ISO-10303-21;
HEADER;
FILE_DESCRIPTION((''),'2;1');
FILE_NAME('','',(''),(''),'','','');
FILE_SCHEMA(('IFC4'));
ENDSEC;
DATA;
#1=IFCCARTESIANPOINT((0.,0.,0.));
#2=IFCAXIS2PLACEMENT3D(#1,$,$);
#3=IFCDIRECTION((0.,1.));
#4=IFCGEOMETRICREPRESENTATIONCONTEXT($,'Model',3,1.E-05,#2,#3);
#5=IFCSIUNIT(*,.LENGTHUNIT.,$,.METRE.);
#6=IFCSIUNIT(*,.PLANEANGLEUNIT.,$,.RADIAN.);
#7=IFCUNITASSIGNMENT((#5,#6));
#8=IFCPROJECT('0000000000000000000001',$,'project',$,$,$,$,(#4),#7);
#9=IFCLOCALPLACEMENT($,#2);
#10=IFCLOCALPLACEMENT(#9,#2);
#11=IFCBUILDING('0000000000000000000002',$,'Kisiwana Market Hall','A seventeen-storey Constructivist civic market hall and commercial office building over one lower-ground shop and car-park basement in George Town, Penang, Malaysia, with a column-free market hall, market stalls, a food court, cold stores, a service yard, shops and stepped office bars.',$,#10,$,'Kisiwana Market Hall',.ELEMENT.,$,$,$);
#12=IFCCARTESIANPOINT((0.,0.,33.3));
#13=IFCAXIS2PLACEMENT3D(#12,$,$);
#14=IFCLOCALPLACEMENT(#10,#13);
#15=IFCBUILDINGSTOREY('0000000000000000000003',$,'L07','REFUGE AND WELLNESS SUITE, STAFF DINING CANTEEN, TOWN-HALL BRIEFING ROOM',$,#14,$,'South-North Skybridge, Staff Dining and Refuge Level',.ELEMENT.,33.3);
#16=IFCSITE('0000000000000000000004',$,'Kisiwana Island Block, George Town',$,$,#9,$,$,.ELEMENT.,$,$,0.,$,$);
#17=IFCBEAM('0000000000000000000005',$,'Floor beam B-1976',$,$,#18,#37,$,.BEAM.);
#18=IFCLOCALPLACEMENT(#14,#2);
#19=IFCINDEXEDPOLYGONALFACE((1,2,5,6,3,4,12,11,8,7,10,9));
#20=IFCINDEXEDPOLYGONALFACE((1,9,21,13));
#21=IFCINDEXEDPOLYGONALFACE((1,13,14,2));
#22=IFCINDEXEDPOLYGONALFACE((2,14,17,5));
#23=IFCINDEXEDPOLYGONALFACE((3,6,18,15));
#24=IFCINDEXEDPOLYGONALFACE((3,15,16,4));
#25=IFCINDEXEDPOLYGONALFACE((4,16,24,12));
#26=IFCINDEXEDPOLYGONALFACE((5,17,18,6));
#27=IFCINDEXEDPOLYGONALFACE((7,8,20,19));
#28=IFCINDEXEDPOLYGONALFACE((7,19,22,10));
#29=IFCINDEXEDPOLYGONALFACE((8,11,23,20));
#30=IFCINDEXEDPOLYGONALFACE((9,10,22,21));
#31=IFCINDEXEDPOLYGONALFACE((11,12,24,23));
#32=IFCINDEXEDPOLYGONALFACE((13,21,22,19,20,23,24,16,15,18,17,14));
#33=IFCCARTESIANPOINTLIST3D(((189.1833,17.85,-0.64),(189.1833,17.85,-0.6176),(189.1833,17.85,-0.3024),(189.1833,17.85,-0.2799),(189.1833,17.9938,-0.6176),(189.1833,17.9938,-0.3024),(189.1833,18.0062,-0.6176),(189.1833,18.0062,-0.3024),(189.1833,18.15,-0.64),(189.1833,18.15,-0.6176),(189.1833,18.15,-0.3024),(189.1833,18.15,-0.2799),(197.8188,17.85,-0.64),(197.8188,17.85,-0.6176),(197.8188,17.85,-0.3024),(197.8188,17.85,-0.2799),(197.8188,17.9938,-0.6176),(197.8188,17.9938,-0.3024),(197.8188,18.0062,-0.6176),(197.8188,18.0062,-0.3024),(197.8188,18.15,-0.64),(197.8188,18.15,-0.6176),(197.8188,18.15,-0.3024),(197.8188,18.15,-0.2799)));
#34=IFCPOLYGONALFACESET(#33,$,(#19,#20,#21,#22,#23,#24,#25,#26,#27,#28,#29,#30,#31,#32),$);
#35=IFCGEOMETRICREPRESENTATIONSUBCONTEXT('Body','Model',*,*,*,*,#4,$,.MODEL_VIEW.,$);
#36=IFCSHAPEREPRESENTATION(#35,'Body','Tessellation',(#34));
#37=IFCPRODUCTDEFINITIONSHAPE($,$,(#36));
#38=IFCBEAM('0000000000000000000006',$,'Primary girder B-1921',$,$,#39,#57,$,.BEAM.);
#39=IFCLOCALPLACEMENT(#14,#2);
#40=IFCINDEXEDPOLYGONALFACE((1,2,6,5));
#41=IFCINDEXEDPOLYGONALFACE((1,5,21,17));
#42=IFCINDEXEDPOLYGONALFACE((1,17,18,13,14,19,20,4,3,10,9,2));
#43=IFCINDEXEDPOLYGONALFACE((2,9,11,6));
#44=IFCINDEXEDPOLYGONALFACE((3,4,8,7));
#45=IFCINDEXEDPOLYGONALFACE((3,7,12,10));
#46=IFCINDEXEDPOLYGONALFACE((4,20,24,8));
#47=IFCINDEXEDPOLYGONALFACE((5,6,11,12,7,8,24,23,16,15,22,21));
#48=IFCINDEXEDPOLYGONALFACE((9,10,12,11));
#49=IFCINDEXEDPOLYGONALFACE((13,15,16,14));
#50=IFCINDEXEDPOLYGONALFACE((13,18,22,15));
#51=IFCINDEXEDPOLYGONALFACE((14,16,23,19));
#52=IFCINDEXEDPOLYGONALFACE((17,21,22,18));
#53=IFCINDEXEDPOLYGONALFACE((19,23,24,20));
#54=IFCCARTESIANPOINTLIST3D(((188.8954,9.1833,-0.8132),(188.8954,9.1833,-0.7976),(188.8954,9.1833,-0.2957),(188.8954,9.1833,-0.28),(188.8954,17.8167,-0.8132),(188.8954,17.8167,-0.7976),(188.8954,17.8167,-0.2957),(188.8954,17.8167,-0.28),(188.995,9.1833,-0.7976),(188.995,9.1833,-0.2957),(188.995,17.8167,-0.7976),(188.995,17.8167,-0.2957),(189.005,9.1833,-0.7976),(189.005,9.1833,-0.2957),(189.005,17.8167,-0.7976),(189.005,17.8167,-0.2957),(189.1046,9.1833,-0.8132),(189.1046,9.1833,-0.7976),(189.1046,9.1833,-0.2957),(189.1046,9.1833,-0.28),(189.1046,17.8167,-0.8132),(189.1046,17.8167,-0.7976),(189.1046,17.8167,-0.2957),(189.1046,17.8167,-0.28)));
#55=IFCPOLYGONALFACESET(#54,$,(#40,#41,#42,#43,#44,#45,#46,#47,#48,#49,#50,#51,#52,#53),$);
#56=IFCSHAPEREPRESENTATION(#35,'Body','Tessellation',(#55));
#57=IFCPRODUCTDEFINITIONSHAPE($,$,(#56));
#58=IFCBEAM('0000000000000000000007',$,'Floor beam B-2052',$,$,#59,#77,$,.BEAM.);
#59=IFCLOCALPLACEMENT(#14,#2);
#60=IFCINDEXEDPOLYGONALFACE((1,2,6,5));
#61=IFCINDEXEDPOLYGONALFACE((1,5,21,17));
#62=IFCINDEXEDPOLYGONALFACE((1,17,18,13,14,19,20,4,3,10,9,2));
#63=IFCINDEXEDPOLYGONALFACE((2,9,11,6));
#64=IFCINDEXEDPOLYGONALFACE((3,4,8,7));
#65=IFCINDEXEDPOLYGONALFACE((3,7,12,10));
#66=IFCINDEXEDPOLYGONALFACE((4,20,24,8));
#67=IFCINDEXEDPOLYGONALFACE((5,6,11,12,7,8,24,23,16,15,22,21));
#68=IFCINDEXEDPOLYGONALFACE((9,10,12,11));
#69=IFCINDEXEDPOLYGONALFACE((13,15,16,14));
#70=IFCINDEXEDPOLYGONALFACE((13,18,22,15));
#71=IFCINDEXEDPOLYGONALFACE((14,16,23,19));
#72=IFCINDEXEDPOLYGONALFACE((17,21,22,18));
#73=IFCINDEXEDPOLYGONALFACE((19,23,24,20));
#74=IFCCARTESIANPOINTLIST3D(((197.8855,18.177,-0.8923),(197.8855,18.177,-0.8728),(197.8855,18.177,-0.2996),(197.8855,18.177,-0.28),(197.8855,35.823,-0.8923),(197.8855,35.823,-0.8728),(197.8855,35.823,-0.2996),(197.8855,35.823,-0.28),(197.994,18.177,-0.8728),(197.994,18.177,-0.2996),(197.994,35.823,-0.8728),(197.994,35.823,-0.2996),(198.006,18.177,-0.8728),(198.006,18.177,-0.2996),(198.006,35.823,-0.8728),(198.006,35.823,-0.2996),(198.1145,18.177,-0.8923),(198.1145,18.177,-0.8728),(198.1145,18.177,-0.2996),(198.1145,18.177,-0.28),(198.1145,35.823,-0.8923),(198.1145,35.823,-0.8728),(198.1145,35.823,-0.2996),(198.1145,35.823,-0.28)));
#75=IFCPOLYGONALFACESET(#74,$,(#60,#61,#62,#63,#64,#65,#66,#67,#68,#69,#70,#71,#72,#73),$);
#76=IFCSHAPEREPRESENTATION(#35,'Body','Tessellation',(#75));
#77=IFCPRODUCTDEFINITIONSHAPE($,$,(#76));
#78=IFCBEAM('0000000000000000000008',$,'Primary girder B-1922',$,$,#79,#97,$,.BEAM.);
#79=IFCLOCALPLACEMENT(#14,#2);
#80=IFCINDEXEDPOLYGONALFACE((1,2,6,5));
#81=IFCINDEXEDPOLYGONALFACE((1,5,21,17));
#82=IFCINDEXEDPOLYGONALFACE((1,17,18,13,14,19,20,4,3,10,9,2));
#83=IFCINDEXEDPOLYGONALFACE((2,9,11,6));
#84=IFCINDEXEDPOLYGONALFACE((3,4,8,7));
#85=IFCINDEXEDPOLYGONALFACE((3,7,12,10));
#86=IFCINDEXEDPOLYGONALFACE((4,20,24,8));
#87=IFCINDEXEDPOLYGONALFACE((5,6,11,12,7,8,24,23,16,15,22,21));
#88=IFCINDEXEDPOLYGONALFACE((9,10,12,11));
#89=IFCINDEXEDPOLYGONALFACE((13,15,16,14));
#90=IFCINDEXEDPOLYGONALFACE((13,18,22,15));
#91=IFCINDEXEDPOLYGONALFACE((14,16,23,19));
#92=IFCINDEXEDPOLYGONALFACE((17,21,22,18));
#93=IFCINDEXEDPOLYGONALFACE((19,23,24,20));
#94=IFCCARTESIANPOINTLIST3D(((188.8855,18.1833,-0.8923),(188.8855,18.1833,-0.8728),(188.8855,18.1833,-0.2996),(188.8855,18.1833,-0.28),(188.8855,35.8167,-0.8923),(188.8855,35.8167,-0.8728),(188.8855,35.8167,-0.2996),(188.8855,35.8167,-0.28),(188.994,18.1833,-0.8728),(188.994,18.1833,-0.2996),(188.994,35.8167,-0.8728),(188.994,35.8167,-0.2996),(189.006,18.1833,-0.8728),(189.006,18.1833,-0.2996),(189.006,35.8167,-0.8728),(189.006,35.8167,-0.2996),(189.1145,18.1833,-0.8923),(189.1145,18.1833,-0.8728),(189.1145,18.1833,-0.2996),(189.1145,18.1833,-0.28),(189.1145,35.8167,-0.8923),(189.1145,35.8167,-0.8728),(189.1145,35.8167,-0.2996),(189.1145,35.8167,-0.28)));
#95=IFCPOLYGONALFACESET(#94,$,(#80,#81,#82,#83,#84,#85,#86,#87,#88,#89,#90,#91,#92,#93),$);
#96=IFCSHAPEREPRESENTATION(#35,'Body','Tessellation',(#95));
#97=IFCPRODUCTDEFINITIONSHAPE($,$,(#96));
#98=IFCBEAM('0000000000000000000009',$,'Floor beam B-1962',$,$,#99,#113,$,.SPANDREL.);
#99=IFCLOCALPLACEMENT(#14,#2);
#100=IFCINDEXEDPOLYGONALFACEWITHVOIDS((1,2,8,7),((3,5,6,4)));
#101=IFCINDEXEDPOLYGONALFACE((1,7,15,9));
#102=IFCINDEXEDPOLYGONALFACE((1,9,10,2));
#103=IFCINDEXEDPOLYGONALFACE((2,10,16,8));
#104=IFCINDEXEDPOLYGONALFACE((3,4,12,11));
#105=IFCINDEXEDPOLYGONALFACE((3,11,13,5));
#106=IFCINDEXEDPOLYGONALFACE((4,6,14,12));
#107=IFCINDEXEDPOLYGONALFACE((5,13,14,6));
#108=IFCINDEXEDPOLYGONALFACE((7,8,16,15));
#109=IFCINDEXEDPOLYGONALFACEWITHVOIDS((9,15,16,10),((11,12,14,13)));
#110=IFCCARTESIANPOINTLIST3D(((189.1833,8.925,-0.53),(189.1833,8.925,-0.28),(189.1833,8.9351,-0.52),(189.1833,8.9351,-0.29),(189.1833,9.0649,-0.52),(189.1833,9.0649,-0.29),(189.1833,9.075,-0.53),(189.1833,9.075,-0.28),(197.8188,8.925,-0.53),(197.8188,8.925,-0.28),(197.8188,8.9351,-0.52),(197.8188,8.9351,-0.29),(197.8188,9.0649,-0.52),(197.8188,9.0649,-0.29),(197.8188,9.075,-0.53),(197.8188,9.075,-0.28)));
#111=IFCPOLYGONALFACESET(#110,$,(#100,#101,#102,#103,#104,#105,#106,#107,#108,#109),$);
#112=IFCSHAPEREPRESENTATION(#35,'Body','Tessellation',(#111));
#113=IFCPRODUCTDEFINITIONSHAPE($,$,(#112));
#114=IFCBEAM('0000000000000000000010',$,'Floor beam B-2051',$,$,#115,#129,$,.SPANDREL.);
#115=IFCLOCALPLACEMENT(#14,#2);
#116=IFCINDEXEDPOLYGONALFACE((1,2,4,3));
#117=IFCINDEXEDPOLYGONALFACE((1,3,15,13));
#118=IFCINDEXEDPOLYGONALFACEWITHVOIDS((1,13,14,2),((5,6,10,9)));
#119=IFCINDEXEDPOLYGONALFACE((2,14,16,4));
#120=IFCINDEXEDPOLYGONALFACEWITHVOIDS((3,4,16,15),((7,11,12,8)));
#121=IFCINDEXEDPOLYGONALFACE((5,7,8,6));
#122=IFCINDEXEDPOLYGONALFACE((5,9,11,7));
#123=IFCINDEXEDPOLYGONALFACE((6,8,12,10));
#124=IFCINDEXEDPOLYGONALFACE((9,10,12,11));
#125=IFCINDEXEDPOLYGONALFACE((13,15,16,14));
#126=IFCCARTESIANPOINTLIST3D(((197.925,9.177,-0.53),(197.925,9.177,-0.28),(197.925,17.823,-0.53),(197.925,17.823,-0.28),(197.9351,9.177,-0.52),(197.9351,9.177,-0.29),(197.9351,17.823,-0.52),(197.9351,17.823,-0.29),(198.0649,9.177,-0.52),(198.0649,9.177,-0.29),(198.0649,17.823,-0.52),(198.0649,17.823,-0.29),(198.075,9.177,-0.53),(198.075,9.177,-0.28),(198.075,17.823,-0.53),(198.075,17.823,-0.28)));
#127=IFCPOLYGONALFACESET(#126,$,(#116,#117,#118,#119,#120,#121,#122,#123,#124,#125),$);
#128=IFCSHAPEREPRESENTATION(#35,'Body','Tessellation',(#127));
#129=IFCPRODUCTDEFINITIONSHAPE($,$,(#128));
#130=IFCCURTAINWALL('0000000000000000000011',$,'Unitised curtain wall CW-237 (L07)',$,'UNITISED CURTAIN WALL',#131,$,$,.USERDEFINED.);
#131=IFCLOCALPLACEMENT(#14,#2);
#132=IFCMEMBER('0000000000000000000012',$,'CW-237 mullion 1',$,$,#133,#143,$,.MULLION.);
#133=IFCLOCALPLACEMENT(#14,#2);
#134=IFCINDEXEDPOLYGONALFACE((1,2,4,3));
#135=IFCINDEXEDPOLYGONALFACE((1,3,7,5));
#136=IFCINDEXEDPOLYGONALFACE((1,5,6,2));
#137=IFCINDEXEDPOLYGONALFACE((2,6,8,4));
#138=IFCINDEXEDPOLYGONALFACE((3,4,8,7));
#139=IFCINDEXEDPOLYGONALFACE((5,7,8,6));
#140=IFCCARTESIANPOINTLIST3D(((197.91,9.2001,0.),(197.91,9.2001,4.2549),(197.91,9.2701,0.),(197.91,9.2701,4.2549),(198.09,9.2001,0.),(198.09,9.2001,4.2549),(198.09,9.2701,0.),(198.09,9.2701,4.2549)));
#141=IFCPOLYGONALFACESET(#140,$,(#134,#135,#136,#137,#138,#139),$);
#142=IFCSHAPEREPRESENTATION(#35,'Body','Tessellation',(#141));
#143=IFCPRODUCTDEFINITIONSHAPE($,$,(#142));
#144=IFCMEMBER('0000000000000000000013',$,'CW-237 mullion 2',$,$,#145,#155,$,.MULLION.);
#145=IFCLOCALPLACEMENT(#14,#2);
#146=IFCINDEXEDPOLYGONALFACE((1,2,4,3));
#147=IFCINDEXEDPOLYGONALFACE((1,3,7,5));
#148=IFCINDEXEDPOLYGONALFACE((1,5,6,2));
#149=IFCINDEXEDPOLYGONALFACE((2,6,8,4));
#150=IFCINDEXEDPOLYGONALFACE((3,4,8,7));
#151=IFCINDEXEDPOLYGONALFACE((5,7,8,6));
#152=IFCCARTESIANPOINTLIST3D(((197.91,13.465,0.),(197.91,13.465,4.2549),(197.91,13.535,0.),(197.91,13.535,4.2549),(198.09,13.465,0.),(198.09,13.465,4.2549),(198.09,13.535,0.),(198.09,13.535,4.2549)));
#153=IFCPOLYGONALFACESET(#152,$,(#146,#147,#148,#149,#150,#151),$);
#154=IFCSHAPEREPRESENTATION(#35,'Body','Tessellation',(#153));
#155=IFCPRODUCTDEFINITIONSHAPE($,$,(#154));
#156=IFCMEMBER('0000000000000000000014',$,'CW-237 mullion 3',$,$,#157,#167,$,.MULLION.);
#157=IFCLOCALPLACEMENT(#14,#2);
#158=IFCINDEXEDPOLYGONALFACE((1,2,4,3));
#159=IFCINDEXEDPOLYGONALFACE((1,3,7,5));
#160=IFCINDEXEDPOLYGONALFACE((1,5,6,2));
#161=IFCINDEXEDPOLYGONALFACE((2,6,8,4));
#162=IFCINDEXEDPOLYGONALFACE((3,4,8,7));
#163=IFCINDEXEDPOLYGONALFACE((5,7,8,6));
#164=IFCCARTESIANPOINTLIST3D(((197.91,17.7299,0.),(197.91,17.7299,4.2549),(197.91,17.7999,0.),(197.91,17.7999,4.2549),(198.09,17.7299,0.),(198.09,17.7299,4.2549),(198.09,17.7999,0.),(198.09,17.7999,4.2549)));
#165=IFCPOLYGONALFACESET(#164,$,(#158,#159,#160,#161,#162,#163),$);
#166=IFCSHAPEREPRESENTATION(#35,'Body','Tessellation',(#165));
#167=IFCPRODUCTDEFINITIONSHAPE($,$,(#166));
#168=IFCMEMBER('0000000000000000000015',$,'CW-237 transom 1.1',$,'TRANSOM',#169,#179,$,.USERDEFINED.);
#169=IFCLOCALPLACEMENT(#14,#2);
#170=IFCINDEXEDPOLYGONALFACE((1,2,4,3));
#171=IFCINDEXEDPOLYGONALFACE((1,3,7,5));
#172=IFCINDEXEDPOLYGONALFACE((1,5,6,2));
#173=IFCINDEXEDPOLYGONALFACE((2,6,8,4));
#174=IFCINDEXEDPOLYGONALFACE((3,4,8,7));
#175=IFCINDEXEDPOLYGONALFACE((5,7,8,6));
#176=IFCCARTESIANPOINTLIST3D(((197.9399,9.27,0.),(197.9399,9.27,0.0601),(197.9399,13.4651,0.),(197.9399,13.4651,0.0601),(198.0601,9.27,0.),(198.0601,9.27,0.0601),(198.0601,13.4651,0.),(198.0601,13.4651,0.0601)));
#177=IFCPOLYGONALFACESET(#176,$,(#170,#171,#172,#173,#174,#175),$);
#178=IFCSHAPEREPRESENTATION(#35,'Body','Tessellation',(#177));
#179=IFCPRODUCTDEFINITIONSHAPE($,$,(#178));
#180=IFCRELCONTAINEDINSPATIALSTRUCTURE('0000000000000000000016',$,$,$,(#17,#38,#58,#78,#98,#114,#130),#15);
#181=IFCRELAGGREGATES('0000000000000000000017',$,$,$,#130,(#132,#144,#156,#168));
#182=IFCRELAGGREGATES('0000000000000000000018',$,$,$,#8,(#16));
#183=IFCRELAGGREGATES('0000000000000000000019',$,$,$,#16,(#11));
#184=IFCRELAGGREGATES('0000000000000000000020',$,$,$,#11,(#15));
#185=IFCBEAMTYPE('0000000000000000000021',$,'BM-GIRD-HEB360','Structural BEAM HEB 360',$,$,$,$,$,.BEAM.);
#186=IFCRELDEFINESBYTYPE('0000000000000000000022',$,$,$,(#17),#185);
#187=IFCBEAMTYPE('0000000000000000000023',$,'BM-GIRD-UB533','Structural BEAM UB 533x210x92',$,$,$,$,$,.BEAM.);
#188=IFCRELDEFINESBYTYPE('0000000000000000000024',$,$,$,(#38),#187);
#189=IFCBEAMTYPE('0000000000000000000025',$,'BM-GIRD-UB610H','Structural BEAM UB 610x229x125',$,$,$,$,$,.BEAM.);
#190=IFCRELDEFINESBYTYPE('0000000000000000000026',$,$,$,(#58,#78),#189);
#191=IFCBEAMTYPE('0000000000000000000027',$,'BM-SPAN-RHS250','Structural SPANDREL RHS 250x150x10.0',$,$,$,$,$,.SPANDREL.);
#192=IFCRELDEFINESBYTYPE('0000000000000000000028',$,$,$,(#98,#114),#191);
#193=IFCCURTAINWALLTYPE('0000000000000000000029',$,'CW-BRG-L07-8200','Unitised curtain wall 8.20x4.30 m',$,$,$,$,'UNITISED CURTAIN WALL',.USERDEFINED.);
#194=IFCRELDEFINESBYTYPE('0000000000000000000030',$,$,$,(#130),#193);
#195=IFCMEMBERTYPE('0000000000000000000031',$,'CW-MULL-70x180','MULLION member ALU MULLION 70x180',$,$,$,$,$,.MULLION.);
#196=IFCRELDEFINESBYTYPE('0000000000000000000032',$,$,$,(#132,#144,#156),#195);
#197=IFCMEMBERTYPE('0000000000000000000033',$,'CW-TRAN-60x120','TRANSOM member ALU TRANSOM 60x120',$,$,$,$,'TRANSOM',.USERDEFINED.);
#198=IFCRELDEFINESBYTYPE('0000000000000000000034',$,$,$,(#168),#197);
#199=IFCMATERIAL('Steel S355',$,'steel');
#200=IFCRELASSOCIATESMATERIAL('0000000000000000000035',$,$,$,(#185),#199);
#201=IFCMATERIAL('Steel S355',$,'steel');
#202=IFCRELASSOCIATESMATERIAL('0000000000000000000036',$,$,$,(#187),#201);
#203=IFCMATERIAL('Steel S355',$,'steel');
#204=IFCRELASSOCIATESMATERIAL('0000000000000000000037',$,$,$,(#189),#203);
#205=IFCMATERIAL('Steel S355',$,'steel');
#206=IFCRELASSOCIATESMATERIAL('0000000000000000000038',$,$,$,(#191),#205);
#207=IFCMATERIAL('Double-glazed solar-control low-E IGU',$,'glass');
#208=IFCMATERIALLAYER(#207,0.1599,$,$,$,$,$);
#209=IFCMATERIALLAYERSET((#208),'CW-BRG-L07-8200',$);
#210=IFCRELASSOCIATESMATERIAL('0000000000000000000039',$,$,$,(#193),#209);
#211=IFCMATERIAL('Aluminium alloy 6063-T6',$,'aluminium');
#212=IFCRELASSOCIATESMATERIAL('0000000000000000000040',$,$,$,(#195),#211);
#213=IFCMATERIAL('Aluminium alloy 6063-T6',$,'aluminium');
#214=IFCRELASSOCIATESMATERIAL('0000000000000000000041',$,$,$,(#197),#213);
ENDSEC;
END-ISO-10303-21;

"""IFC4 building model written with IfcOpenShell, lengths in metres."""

from ifc_helpers import new_model, si_unit, direction, frame, origin, origin_2d, place, context, subcontext, project, spatial, rectangle, hollow_rectangle, i_section, extrude, material, layer, layer_set, material_profile, profile_set, type_object, element, aggregate, save


model = new_model("IFC4")

# Units and contexts
model_context = context("Model", 3, precision=1e-05, world=origin(), true_north=direction((0.0, 1.0)))
body_context = subcontext(model_context, "Body", "Model", "MODEL_VIEW")
ifc_project = project(units=[si_unit("LENGTHUNIT", "METRE"), si_unit("PLANEANGLEUNIT", "RADIAN")], contexts=[model_context])

# Site, building, storey
site_placement = place(None, origin())
site = spatial("IfcSite", under=ifc_project, at=site_placement, Name="Kisiwana Island Block, George Town", CompositionType="ELEMENT", RefElevation=0.0)
building_placement = place(site_placement, origin())
building = spatial("IfcBuilding", under=site, at=building_placement, Name="Kisiwana Market Hall", Description="A seventeen-storey Constructivist civic market hall and commercial office building over one lower-ground shop and car-park basement in George Town, Penang, Malaysia, with a column-free market hall, market stalls, a food court, cold stores, a service yard, shops and stepped office bars.", LongName="Kisiwana Market Hall", CompositionType="ELEMENT")
storey_placement = place(building_placement, frame((0.0, 0.0, 33.3)))
storey = spatial("IfcBuildingStorey", under=building, at=storey_placement, Name="L07", Description="REFUGE AND WELLNESS SUITE, STAFF DINING CANTEEN, TOWN-HALL BRIEFING ROOM", LongName="South-North Skybridge, Staff Dining and Refuge Level", CompositionType="ELEMENT", Elevation=33.3)

# Beams
ifc_material_1 = material(Name="Steel S355", Category="steel")
ifc_material_profile_1 = material_profile(ifc_material_1, i_section(OverallWidth=0.3, OverallDepth=0.3601, WebThickness=0.0125, FlangeThickness=0.0225, at=origin_2d()), Name="HEB 360")
ifc_profile_set_1 = profile_set([ifc_material_profile_1], Name="Steel S355")
beam_type_1 = type_object("IfcBeamType", Name="BM-GIRD-HEB360", Description="Structural BEAM HEB 360", PredefinedType="BEAM", material=ifc_profile_set_1)
beam_1_placement = place(storey_placement, frame((189.1833, 18.0, -0.46), z_axis=(1.0, 0.0, 0.0), x_axis=(0.0, 1.0, 0.0)))
element("IfcBeam", 1, at=beam_1_placement, inside=storey, type_object=beam_type_1, Name="Floor beam B-1976", PredefinedType="BEAM", context=body_context, shape_type="SweptSolid", body=[
    extrude(i_section(OverallWidth=0.3, OverallDepth=0.3601, WebThickness=0.0125, FlangeThickness=0.0225, at=origin_2d()), origin(), (0.0, 0.0, 1.0), 8.6355),
])
ifc_material_2 = material(Name="Steel S355", Category="steel")
ifc_material_profile_2 = material_profile(ifc_material_2, i_section(OverallWidth=0.2092, OverallDepth=0.5332, WebThickness=0.01, FlangeThickness=0.0156, at=origin_2d()), Name="UB 533x210x92")
ifc_profile_set_2 = profile_set([ifc_material_profile_2], Name="Steel S355")
beam_type_2 = type_object("IfcBeamType", Name="BM-GIRD-UB533", Description="Structural BEAM UB 533x210x92", PredefinedType="BEAM", material=ifc_profile_set_2)
beam_2_placement = place(storey_placement, frame((189.0, 9.1833, -0.5466), z_axis=(0.0, 1.0, 0.0), x_axis=(-1.0, 0.0, 0.0)))
element("IfcBeam", 2, at=beam_2_placement, inside=storey, type_object=beam_type_2, Name="Primary girder B-1921", PredefinedType="BEAM", context=body_context, shape_type="SweptSolid", body=[
    extrude(i_section(OverallWidth=0.2092, OverallDepth=0.5332, WebThickness=0.01, FlangeThickness=0.0156, at=origin_2d()), origin(), (0.0, 0.0, 1.0), 8.6333),
])
ifc_material_3 = material(Name="Steel S355", Category="steel")
ifc_material_profile_3 = material_profile(ifc_material_3, i_section(OverallWidth=0.229, OverallDepth=0.6123, WebThickness=0.012, FlangeThickness=0.0195, at=origin_2d()), Name="UB 610x229x125")
ifc_profile_set_3 = profile_set([ifc_material_profile_3], Name="Steel S355")
beam_type_3 = type_object("IfcBeamType", Name="BM-GIRD-UB610H", Description="Structural BEAM UB 610x229x125", PredefinedType="BEAM", material=ifc_profile_set_3)
beam_3_placement = place(storey_placement, frame((198.0, 18.177, -0.5862), z_axis=(0.0, 1.0, 0.0), x_axis=(-1.0, 0.0, 0.0)))
element("IfcBeam", 3, at=beam_3_placement, inside=storey, type_object=beam_type_3, Name="Floor beam B-2052", PredefinedType="BEAM", context=body_context, shape_type="SweptSolid", body=[
    extrude(i_section(OverallWidth=0.229, OverallDepth=0.6123, WebThickness=0.012, FlangeThickness=0.0195, at=origin_2d()), origin(), (0.0, 0.0, 1.0), 17.646),
])
beam_4_placement = place(storey_placement, frame((189.0, 18.1833, -0.5862), z_axis=(0.0, 1.0, 0.0), x_axis=(-1.0, 0.0, 0.0)))
element("IfcBeam", 4, at=beam_4_placement, inside=storey, type_object=beam_type_3, Name="Primary girder B-1922", PredefinedType="BEAM", context=body_context, shape_type="SweptSolid", body=[
    extrude(i_section(OverallWidth=0.229, OverallDepth=0.6123, WebThickness=0.012, FlangeThickness=0.0195, at=origin_2d()), origin(), (0.0, 0.0, 1.0), 17.6333),
])
ifc_material_4 = material(Name="Steel S355", Category="steel")
ifc_material_profile_4 = material_profile(ifc_material_4, hollow_rectangle(XDim=0.1499, YDim=0.25, WallThickness=0.01, at=origin_2d()), Name="RHS 250x150x10.0")
ifc_profile_set_4 = profile_set([ifc_material_profile_4], Name="Steel S355")
beam_type_4 = type_object("IfcBeamType", Name="BM-SPAN-RHS250", Description="Structural SPANDREL RHS 250x150x10.0", PredefinedType="SPANDREL", material=ifc_profile_set_4)
beam_5_placement = place(storey_placement, frame((189.1833, 9.0, -0.405), z_axis=(1.0, 0.0, 0.0), x_axis=(0.0, 1.0, 0.0)))
element("IfcBeam", 5, at=beam_5_placement, inside=storey, type_object=beam_type_4, Name="Floor beam B-1962", PredefinedType="SPANDREL", context=body_context, shape_type="SweptSolid", body=[
    extrude(hollow_rectangle(XDim=0.1499, YDim=0.25, WallThickness=0.01, at=origin_2d()), origin(), (0.0, 0.0, 1.0), 8.6355),
])
beam_6_placement = place(storey_placement, frame((198.0, 9.177, -0.405), z_axis=(0.0, 1.0, 0.0), x_axis=(-1.0, 0.0, 0.0)))
element("IfcBeam", 6, at=beam_6_placement, inside=storey, type_object=beam_type_4, Name="Floor beam B-2051", PredefinedType="SPANDREL", context=body_context, shape_type="SweptSolid", body=[
    extrude(hollow_rectangle(XDim=0.1499, YDim=0.25, WallThickness=0.01, at=origin_2d()), origin(), (0.0, 0.0, 1.0), 8.646),
])

# Curtain wall, members
ifc_material_5 = material(Name="Double-glazed solar-control low-E IGU", Category="glass")
ifc_layer_1 = layer(ifc_material_5, 0.1599)
ifc_layer_set_1 = layer_set([ifc_layer_1], Name="CW-BRG-L07-8200")
curtain_wall_type = type_object("IfcCurtainWallType", Name="CW-BRG-L07-8200", Description="Unitised curtain wall 8.20x4.30 m", ElementType="UNITISED CURTAIN WALL", PredefinedType="USERDEFINED", material=ifc_layer_set_1)
curtain_wall_placement = place(storey_placement, origin())
curtain_wall = element("IfcCurtainWall", 7, at=curtain_wall_placement, inside=storey, type_object=curtain_wall_type, Name="Unitised curtain wall CW-237 (L07)", ObjectType="UNITISED CURTAIN WALL", PredefinedType="USERDEFINED")
ifc_material_6 = material(Name="Aluminium alloy 6063-T6", Category="aluminium")
ifc_material_profile_5 = material_profile(ifc_material_6, rectangle(XDim=0.0701, YDim=0.1799, at=origin_2d()), Name="ALU MULLION 70x180")
ifc_profile_set_5 = profile_set([ifc_material_profile_5], Name="Aluminium alloy 6063-T6")
member_type_1 = type_object("IfcMemberType", Name="CW-MULL-70x180", Description="MULLION member ALU MULLION 70x180", PredefinedType="MULLION", material=ifc_profile_set_5)
member_1_placement = place(storey_placement, frame((198.0, 9.2351, 0.0), z_axis=(0.0, 0.0, 1.0), x_axis=(0.0, 1.0, 0.0)))
member_1 = element("IfcMember", 8, at=member_1_placement, type_object=member_type_1, Name="CW-237 mullion 1", PredefinedType="MULLION", context=body_context, shape_type="SweptSolid", body=[
    extrude(rectangle(XDim=0.0701, YDim=0.1799, at=origin_2d()), origin(), (0.0, 0.0, 1.0), 4.2549),
])
member_2_placement = place(storey_placement, frame((198.0, 13.5, 0.0), z_axis=(0.0, 0.0, 1.0), x_axis=(0.0, 1.0, 0.0)))
member_2 = element("IfcMember", 9, at=member_2_placement, type_object=member_type_1, Name="CW-237 mullion 2", PredefinedType="MULLION", context=body_context, shape_type="SweptSolid", body=[
    extrude(rectangle(XDim=0.0701, YDim=0.1799, at=origin_2d()), origin(), (0.0, 0.0, 1.0), 4.2549),
])
member_3_placement = place(storey_placement, frame((198.0, 17.7649, 0.0), z_axis=(0.0, 0.0, 1.0), x_axis=(0.0, 1.0, 0.0)))
member_3 = element("IfcMember", 10, at=member_3_placement, type_object=member_type_1, Name="CW-237 mullion 3", PredefinedType="MULLION", context=body_context, shape_type="SweptSolid", body=[
    extrude(rectangle(XDim=0.0701, YDim=0.1799, at=origin_2d()), origin(), (0.0, 0.0, 1.0), 4.2549),
])
ifc_material_7 = material(Name="Aluminium alloy 6063-T6", Category="aluminium")
ifc_material_profile_6 = material_profile(ifc_material_7, rectangle(XDim=0.1201, YDim=0.0601, at=origin_2d()), Name="ALU TRANSOM 60x120")
ifc_profile_set_6 = profile_set([ifc_material_profile_6], Name="Aluminium alloy 6063-T6")
member_type_2 = type_object("IfcMemberType", Name="CW-TRAN-60x120", Description="TRANSOM member ALU TRANSOM 60x120", ElementType="TRANSOM", PredefinedType="USERDEFINED", material=ifc_profile_set_6)
member_4_placement = place(storey_placement, frame((198.0, 9.27, 0.03), z_axis=(0.0, 1.0, 0.0), x_axis=(-1.0, 0.0, 0.0)))
member_4 = element("IfcMember", 11, at=member_4_placement, type_object=member_type_2, Name="CW-237 transom 1.1", ObjectType="TRANSOM", PredefinedType="USERDEFINED", context=body_context, shape_type="SweptSolid", body=[
    extrude(rectangle(XDim=0.1201, YDim=0.0601, at=origin_2d()), origin(), (0.0, 0.0, 1.0), 4.1951),
])
aggregate(curtain_wall, [member_1, member_2, member_3, member_4])

save(model, "model.ifc")
